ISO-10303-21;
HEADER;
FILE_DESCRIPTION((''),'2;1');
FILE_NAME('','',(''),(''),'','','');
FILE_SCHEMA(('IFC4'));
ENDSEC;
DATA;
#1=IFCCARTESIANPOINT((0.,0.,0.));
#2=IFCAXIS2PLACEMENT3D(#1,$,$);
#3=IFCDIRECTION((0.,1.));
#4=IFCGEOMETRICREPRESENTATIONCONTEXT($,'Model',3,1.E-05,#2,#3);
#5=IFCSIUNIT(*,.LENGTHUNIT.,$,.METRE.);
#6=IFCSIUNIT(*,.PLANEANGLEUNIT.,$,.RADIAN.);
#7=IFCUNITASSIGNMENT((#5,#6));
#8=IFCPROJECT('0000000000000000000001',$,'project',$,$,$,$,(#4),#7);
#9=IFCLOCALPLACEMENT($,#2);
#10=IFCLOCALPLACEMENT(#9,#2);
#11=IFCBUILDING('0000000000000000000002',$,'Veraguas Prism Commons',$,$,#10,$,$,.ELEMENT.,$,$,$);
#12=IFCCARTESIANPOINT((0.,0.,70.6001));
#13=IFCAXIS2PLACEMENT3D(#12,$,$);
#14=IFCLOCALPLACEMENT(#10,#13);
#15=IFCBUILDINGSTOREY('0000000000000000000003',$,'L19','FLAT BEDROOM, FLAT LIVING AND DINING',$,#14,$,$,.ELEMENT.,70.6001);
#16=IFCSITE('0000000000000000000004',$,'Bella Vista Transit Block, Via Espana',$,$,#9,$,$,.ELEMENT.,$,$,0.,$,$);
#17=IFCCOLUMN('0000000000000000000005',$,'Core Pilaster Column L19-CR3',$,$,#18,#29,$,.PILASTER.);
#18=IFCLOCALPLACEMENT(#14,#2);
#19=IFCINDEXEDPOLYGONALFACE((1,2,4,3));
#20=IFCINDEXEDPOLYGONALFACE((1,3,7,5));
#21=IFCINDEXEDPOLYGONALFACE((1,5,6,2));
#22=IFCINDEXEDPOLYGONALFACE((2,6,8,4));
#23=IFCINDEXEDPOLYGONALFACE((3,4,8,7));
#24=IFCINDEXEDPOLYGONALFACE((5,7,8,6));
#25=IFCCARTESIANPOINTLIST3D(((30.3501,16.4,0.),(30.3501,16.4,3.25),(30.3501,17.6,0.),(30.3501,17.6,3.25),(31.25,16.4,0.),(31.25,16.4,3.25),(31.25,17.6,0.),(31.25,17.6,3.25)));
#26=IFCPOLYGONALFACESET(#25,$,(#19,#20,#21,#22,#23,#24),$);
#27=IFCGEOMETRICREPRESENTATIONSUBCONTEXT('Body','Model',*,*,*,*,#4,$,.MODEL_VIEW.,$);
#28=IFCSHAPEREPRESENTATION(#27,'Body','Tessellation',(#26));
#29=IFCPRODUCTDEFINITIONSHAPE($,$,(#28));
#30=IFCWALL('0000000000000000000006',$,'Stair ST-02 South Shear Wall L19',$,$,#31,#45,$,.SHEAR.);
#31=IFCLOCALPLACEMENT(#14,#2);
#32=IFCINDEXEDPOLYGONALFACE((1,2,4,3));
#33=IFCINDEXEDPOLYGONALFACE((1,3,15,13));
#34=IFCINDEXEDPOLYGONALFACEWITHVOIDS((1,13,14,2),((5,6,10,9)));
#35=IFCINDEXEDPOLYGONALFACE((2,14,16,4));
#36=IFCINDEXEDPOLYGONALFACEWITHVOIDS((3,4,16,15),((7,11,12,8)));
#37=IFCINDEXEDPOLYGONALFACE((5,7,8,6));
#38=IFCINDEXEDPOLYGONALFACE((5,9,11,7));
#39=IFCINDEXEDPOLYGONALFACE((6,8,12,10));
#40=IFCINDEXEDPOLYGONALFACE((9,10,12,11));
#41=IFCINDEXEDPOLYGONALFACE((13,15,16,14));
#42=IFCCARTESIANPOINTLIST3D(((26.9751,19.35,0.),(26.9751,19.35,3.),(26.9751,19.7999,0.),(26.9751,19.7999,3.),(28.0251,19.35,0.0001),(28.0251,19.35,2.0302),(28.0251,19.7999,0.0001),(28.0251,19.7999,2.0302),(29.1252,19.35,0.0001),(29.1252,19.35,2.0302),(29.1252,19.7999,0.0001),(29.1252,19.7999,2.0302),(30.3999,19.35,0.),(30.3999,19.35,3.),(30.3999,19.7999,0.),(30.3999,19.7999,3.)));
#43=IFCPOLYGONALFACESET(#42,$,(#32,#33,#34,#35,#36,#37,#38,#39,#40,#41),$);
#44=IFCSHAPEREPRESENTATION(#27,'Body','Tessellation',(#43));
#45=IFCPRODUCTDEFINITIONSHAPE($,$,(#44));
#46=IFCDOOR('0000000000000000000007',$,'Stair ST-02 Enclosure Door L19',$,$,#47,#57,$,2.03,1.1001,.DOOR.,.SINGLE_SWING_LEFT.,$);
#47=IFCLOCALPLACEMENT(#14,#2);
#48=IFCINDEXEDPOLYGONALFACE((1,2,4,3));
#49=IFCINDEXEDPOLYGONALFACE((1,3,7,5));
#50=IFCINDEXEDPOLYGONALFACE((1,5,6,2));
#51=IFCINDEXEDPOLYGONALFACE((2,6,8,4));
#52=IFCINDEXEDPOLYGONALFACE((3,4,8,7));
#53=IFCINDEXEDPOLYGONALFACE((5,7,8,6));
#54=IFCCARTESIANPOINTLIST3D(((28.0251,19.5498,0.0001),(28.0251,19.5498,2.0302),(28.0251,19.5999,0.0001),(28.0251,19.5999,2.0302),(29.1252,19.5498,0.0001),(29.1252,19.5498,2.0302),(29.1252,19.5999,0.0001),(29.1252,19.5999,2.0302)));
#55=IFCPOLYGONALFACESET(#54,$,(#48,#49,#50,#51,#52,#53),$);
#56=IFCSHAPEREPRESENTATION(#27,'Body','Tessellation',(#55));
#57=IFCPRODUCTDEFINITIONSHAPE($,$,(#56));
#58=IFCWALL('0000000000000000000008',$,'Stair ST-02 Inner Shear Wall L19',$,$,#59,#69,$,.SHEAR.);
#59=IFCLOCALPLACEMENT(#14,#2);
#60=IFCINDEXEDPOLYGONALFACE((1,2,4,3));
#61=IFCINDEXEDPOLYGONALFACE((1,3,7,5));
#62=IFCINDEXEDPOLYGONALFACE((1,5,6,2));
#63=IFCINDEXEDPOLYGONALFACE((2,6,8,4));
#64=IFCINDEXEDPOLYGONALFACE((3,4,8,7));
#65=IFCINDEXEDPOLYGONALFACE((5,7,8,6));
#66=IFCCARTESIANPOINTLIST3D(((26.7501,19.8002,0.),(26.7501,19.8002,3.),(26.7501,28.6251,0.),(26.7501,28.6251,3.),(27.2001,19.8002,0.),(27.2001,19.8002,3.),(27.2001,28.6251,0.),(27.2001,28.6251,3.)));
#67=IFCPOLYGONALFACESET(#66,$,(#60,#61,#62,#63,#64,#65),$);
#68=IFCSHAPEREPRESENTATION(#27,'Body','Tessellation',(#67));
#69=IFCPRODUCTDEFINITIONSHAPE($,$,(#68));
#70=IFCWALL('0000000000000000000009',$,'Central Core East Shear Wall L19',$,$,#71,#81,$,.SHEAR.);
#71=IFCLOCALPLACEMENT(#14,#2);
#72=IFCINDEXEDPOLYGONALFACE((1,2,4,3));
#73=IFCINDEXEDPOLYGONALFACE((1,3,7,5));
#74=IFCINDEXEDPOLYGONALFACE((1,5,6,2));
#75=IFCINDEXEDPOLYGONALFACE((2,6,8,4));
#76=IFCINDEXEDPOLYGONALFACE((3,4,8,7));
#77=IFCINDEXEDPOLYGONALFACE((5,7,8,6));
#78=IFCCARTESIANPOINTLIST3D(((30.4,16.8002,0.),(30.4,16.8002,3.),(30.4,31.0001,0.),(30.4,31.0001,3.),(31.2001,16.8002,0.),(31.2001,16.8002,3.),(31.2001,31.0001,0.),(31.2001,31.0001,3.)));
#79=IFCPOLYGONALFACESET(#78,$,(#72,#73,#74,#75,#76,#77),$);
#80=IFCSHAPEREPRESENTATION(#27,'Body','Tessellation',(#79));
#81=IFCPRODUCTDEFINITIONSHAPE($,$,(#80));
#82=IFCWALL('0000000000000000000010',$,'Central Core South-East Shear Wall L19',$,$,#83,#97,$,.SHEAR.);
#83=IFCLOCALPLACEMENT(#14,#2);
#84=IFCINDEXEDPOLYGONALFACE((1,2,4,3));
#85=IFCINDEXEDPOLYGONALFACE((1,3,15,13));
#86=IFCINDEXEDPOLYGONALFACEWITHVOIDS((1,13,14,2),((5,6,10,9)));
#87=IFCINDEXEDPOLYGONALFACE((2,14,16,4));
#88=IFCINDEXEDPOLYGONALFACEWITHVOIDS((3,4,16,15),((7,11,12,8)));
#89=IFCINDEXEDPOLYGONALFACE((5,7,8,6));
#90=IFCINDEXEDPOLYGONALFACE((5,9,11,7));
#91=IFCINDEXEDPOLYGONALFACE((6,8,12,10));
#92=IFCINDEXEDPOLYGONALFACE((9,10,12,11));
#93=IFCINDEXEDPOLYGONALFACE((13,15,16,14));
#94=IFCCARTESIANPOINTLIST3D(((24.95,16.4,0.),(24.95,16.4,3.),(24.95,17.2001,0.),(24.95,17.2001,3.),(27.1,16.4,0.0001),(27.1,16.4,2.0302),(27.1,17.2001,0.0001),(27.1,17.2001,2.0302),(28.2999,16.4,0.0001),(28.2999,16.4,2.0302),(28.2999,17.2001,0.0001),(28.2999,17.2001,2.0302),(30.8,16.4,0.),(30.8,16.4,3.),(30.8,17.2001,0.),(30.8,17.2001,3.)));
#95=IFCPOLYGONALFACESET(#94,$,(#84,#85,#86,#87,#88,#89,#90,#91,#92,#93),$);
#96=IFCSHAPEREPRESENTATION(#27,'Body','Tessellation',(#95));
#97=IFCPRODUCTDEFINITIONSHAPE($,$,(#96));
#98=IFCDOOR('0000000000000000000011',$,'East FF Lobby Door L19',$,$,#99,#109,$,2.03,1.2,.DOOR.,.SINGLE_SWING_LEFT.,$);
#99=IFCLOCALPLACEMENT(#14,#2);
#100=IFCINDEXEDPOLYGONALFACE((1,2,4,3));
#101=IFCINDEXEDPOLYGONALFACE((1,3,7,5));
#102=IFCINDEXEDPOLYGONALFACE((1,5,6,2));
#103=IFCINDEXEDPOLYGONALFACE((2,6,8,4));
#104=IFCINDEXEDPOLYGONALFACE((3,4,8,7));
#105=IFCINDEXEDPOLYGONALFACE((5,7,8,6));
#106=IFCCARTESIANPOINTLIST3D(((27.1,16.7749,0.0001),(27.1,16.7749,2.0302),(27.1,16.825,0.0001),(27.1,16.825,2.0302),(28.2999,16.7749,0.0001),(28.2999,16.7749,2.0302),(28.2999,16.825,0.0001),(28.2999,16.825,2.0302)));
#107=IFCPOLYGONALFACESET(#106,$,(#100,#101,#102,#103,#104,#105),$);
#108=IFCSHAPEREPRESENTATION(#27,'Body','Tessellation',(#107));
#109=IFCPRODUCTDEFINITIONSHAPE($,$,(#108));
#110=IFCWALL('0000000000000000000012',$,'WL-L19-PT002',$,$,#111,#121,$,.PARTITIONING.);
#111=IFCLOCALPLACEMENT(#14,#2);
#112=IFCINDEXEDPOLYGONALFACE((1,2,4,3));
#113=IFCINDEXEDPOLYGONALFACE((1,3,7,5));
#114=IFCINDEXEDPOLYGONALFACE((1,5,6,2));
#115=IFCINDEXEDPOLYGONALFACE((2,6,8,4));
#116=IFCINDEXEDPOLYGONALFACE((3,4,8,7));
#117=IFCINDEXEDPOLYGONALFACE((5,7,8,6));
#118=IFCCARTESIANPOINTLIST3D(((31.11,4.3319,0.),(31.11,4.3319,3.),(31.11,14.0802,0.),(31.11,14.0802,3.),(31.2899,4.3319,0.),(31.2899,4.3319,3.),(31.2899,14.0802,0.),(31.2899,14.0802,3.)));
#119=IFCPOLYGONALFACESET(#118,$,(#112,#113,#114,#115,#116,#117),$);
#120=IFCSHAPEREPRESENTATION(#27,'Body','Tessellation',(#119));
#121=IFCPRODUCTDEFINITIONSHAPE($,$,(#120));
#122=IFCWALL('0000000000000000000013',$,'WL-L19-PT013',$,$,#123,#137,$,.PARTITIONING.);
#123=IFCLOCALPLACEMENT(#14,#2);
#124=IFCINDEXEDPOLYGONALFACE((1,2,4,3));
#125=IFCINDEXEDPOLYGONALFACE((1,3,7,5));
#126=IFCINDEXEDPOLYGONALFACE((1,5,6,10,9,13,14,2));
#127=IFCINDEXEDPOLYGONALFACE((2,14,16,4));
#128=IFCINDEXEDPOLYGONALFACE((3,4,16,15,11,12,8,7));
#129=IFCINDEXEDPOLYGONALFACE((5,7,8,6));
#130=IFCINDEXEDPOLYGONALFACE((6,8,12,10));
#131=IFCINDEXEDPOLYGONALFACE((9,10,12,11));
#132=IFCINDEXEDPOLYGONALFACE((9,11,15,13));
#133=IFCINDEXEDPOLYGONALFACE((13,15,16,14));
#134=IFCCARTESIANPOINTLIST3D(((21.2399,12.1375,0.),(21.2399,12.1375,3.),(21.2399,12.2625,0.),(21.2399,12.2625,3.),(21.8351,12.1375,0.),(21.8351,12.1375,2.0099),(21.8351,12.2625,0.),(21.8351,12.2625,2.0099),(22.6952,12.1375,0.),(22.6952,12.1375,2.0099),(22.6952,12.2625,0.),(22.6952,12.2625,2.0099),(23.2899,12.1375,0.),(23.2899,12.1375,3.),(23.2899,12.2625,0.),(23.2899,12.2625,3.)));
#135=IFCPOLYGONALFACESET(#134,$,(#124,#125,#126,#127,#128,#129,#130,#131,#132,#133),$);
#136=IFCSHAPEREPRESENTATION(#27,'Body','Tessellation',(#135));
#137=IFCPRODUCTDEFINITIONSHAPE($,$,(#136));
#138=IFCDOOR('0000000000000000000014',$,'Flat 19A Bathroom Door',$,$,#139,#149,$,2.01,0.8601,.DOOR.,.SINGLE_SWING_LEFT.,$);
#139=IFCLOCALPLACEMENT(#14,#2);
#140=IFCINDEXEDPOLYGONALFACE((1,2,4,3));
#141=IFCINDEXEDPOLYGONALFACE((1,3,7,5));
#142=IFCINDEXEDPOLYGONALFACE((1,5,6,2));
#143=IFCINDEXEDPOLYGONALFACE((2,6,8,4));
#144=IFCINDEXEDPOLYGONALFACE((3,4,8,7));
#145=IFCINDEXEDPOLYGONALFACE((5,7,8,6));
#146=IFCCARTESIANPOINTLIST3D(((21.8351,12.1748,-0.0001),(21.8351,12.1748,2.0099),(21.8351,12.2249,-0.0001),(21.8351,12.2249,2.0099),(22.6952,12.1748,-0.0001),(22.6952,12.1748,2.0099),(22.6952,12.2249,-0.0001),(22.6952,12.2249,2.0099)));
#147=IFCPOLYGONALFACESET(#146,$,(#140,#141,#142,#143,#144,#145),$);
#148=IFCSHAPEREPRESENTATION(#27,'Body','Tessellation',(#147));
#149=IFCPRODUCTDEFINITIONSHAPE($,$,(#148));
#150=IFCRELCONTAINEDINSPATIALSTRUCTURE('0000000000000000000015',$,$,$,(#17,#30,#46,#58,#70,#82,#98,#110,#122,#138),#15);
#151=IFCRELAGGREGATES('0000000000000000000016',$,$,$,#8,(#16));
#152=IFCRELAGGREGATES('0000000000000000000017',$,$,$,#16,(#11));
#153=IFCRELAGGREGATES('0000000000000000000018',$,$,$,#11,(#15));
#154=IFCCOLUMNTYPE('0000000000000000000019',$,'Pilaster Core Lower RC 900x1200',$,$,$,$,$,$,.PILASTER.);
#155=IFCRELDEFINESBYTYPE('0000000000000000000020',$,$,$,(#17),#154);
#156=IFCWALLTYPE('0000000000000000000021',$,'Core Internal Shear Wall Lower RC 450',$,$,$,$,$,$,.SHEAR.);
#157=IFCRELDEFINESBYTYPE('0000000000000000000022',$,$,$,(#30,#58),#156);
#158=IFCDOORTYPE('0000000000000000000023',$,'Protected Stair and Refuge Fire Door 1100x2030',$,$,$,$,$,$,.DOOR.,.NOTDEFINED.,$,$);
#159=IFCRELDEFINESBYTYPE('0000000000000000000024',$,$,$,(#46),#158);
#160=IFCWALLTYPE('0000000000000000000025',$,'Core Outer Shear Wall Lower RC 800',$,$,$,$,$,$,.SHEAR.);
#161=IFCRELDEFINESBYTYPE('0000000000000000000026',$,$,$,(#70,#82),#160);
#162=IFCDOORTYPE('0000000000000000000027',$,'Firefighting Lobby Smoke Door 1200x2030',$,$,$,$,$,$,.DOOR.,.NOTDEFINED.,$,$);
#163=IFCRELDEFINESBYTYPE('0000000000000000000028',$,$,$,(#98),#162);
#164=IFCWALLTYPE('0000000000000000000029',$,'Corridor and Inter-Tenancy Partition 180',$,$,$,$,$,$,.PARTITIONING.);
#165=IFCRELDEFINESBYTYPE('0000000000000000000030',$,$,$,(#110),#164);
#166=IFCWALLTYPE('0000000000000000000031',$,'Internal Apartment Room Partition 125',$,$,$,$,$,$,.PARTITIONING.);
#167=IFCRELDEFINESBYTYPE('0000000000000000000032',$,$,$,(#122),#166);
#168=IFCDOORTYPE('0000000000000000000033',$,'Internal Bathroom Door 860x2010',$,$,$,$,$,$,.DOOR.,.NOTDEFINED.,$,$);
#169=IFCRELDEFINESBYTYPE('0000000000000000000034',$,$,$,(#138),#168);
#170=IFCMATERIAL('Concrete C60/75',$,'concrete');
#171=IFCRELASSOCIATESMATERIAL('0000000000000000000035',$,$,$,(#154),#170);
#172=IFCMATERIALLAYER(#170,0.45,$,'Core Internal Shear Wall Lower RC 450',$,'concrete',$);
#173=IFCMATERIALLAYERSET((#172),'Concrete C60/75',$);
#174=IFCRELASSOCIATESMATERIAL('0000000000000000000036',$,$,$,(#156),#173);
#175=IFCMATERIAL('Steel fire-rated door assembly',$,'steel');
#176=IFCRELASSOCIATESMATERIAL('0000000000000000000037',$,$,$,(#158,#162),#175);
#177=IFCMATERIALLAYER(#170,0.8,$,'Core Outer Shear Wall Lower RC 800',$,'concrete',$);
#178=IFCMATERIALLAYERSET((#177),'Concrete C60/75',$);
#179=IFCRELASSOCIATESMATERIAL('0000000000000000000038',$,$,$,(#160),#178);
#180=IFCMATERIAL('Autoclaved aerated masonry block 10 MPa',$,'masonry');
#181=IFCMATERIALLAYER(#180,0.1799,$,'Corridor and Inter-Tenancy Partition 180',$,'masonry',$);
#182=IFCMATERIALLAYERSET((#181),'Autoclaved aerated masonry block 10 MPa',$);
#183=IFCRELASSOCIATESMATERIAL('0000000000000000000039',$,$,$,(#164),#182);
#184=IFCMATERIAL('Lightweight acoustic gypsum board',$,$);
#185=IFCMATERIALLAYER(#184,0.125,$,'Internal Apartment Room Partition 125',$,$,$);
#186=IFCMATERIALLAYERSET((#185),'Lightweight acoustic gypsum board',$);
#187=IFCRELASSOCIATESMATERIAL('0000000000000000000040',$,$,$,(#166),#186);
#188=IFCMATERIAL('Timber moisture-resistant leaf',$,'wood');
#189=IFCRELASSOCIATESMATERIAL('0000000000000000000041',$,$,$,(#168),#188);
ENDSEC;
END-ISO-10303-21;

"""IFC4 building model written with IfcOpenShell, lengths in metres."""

from ifc_helpers import new_model, si_unit, direction, frame, frame_2d, origin, origin_2d, place, context, subcontext, project, spatial, rectangle, extrude, source, transform, mapped, material, layer, layer_set, material_profile, profile_set, type_object, element, fill, save


model = new_model("IFC4")

# Units and contexts
model_context = context("Model", 3, precision=1e-05, world=origin(), true_north=direction((0.0, 1.0)))
body_context = subcontext(model_context, "Body", "Model", "MODEL_VIEW")
ifc_project = project(units=[si_unit("LENGTHUNIT", "METRE"), si_unit("PLANEANGLEUNIT", "RADIAN")], contexts=[model_context])

# Site, building, storey
site_placement = place(None, origin())
site = spatial("IfcSite", under=ifc_project, at=site_placement, Name="Bella Vista Transit Block, Via Espana", CompositionType="ELEMENT", RefElevation=0.0)
building_placement = place(site_placement, origin())
building = spatial("IfcBuilding", under=site, at=building_placement, Name="Veraguas Prism Commons", CompositionType="ELEMENT")
storey_placement = place(building_placement, frame((0.0, 0.0, 70.6001)))
storey = spatial("IfcBuildingStorey", under=building, at=storey_placement, Name="L19", Description="FLAT BEDROOM, FLAT LIVING AND DINING", CompositionType="ELEMENT", Elevation=70.6001)

# Column
ifc_material_1 = material(Name="Concrete C60/75", Category="concrete")
ifc_material_profile = material_profile(ifc_material_1, rectangle(XDim=0.8999, YDim=1.2, at=origin_2d()), Name="RC900X1200")
ifc_profile_set = profile_set([ifc_material_profile], Name="Concrete C60/75")
column_type = type_object("IfcColumnType", Name="Pilaster Core Lower RC 900x1200", PredefinedType="PILASTER", material=ifc_profile_set)
column_placement = place(storey_placement, frame((30.8, 17.0, 0.0), z_axis=(0.0, 0.0, 1.0), x_axis=(1.0, 0.0, 0.0)))
element("IfcColumn", 1, at=column_placement, inside=storey, type_object=column_type, Name="Core Pilaster Column L19-CR3", PredefinedType="PILASTER", context=body_context, shape_type="SweptSolid", body=[
    extrude(rectangle(XDim=0.8999, YDim=1.2, at=origin_2d()), origin(), (0.0, 0.0, 1.0), 3.25),
])

# Wall, opening, door
ifc_layer_1 = layer(ifc_material_1, 0.45, Name="Core Internal Shear Wall Lower RC 450", Category="concrete")
ifc_layer_set_1 = layer_set([ifc_layer_1], Name="Concrete C60/75")
wall_type_1 = type_object("IfcWallType", Name="Core Internal Shear Wall Lower RC 450", PredefinedType="SHEAR", material=ifc_layer_set_1)
wall_1_placement = place(storey_placement, frame((26.9751, 19.575, 0.0), z_axis=(0.0, 0.0, 1.0), x_axis=(1.0, 0.0, 0.0)))
wall_1 = element("IfcWall", 2, at=wall_1_placement, inside=storey, type_object=wall_type_1, Name="Stair ST-02 South Shear Wall L19", PredefinedType="SHEAR", context=body_context, shape_type="SweptSolid", body=[
    extrude(rectangle(XDim=3.4248, YDim=0.45, at=frame_2d((1.7124, 0.0))), origin(), (0.0, 0.0, 1.0), 3.0),
])
opening_1_placement = place(wall_1_placement, frame((1.05, 0.0, 0.0)))
opening_1 = element("IfcOpeningElement", 3, at=opening_1_placement, cuts=wall_1, PredefinedType="OPENING", context=body_context, shape_type="SweptSolid", body=[
    extrude(rectangle(XDim=1.1001, YDim=2.03, at=frame_2d((0.55, 1.0151))), frame((0.0, 0.2349, 0.0), z_axis=(0.0, -1.0, 0.0), x_axis=(1.0, 0.0, 0.0)), (0.0, 0.0, 1.0), 0.47),
])
ifc_material_2 = material(Name="Steel fire-rated door assembly", Category="steel")
door_type_1 = type_object("IfcDoorType", Name="Protected Stair and Refuge Fire Door 1100x2030", OperationType="NOTDEFINED", PredefinedType="DOOR", material=ifc_material_2)
shared_shape_1 = source(origin(), body_context, "Body", "SweptSolid", [
    extrude(rectangle(XDim=1.1001, YDim=2.03, at=frame_2d((0.55, 1.0151))), frame((0.0, 0.0249, 0.0), z_axis=(0.0, -1.0, 0.0), x_axis=(1.0, 0.0, 0.0)), (0.0, 0.0, 1.0), 0.05),
])
door_1_placement = place(opening_1_placement, origin())
door_1 = element("IfcDoor", 4, at=door_1_placement, inside=storey, type_object=door_type_1, Name="Stair ST-02 Enclosure Door L19", OperationType="SINGLE_SWING_LEFT", OverallHeight=2.03, OverallWidth=1.1001, PredefinedType="DOOR", context=body_context, shape_type="MappedRepresentation", body=[
    mapped(shared_shape_1, transform((0.0, 0.0, 0.0), scale=1.0)),
])
fill(opening_1, door_1)

# Walls
wall_2_placement = place(storey_placement, frame((26.9751, 19.8, 0.0), z_axis=(0.0, 0.0, 1.0), x_axis=(0.0, 1.0, 0.0)))
element("IfcWall", 5, at=wall_2_placement, inside=storey, type_object=wall_type_1, Name="Stair ST-02 Inner Shear Wall L19", PredefinedType="SHEAR", context=body_context, shape_type="SweptSolid", body=[
    extrude(rectangle(XDim=8.825, YDim=0.45, at=frame_2d((4.4126, 0.0))), origin(), (0.0, 0.0, 1.0), 3.0),
])
ifc_layer_2 = layer(ifc_material_1, 0.8, Name="Core Outer Shear Wall Lower RC 800", Category="concrete")
ifc_layer_set_2 = layer_set([ifc_layer_2], Name="Concrete C60/75")
wall_type_2 = type_object("IfcWallType", Name="Core Outer Shear Wall Lower RC 800", PredefinedType="SHEAR", material=ifc_layer_set_2)
wall_3_placement = place(storey_placement, frame((30.8, 16.8, 0.0), z_axis=(0.0, 0.0, 1.0), x_axis=(0.0, 1.0, 0.0)))
element("IfcWall", 6, at=wall_3_placement, inside=storey, type_object=wall_type_2, Name="Central Core East Shear Wall L19", PredefinedType="SHEAR", context=body_context, shape_type="SweptSolid", body=[
    extrude(rectangle(XDim=14.2, YDim=0.8, at=frame_2d((7.1001, 0.0))), origin(), (0.0, 0.0, 1.0), 3.0),
])

# Wall, opening, door
wall_4_placement = place(storey_placement, frame((24.95, 16.8, 0.0), z_axis=(0.0, 0.0, 1.0), x_axis=(1.0, 0.0, 0.0)))
wall_4 = element("IfcWall", 7, at=wall_4_placement, inside=storey, type_object=wall_type_2, Name="Central Core South-East Shear Wall L19", PredefinedType="SHEAR", context=body_context, shape_type="SweptSolid", body=[
    extrude(rectangle(XDim=5.8501, YDim=0.8, at=frame_2d((2.925, 0.0))), origin(), (0.0, 0.0, 1.0), 3.0),
])
opening_2_placement = place(wall_4_placement, frame((2.1499, 0.0, 0.0)))
opening_2 = element("IfcOpeningElement", 8, at=opening_2_placement, cuts=wall_4, PredefinedType="OPENING", context=body_context, shape_type="SweptSolid", body=[
    extrude(rectangle(XDim=1.2, YDim=2.03, at=frame_2d((0.6001, 1.0151))), frame((0.0, 0.4099, 0.0), z_axis=(0.0, -1.0, 0.0), x_axis=(1.0, 0.0, 0.0)), (0.0, 0.0, 1.0), 0.8201),
])
door_type_2 = type_object("IfcDoorType", Name="Firefighting Lobby Smoke Door 1200x2030", OperationType="NOTDEFINED", PredefinedType="DOOR", material=ifc_material_2)
shared_shape_2 = source(origin(), body_context, "Body", "SweptSolid", [
    extrude(rectangle(XDim=1.2, YDim=2.03, at=frame_2d((0.6001, 1.0151))), frame((0.0, 0.0249, 0.0), z_axis=(0.0, -1.0, 0.0), x_axis=(1.0, 0.0, 0.0)), (0.0, 0.0, 1.0), 0.05),
])
door_2_placement = place(opening_2_placement, origin())
door_2 = element("IfcDoor", 9, at=door_2_placement, inside=storey, type_object=door_type_2, Name="East FF Lobby Door L19", OperationType="SINGLE_SWING_LEFT", OverallHeight=2.03, OverallWidth=1.2, PredefinedType="DOOR", context=body_context, shape_type="MappedRepresentation", body=[
    mapped(shared_shape_2, transform((0.0, 0.0, 0.0), scale=1.0)),
])
fill(opening_2, door_2)

# Wall
ifc_material_3 = material(Name="Autoclaved aerated masonry block 10 MPa", Category="masonry")
ifc_layer_3 = layer(ifc_material_3, 0.1799, Name="Corridor and Inter-Tenancy Partition 180", Category="masonry")
ifc_layer_set_3 = layer_set([ifc_layer_3], Name="Autoclaved aerated masonry block 10 MPa")
wall_type_3 = type_object("IfcWallType", Name="Corridor and Inter-Tenancy Partition 180", PredefinedType="PARTITIONING", material=ifc_layer_set_3)
wall_5_placement = place(storey_placement, frame((31.2, 14.0801, 0.0), z_axis=(0.0, 0.0, 1.0), x_axis=(0.0, -1.0, 0.0)))
element("IfcWall", 10, at=wall_5_placement, inside=storey, type_object=wall_type_3, Name="WL-L19-PT002", PredefinedType="PARTITIONING", context=body_context, shape_type="SweptSolid", body=[
    extrude(rectangle(XDim=9.7483, YDim=0.1799, at=frame_2d((4.874, 0.0))), origin(), (0.0, 0.0, 1.0), 3.0),
])

# Wall, opening, door
ifc_material_4 = material(Name="Lightweight acoustic gypsum board")
ifc_layer_4 = layer(ifc_material_4, 0.125, Name="Internal Apartment Room Partition 125")
ifc_layer_set_4 = layer_set([ifc_layer_4], Name="Lightweight acoustic gypsum board")
wall_type_4 = type_object("IfcWallType", Name="Internal Apartment Room Partition 125", PredefinedType="PARTITIONING", material=ifc_layer_set_4)
wall_6_placement = place(storey_placement, frame((21.24, 12.2, 0.0), z_axis=(0.0, 0.0, 1.0), x_axis=(1.0, 0.0, 0.0)))
wall_6 = element("IfcWall", 11, at=wall_6_placement, inside=storey, type_object=wall_type_4, Name="WL-L19-PT013", PredefinedType="PARTITIONING", context=body_context, shape_type="SweptSolid", body=[
    extrude(rectangle(XDim=2.05, YDim=0.125, at=frame_2d((1.0249, 0.0))), origin(), (0.0, 0.0, 1.0), 3.0),
])
opening_3_placement = place(wall_6_placement, frame((0.595, 0.0, 0.0)))
opening_3 = element("IfcOpeningElement", 12, at=opening_3_placement, cuts=wall_6, PredefinedType="OPENING", context=body_context, shape_type="SweptSolid", body=[
    extrude(rectangle(XDim=0.8601, YDim=2.01, at=frame_2d((0.4302, 1.0049))), frame((0.0, 0.0725, 0.0), z_axis=(0.0, -1.0, 0.0), x_axis=(1.0, 0.0, 0.0)), (0.0, 0.0, 1.0), 0.145),
])
ifc_material_5 = material(Name="Timber moisture-resistant leaf", Category="wood")
door_type_3 = type_object("IfcDoorType", Name="Internal Bathroom Door 860x2010", OperationType="NOTDEFINED", PredefinedType="DOOR", material=ifc_material_5)
shared_shape_3 = source(origin(), body_context, "Body", "SweptSolid", [
    extrude(rectangle(XDim=0.8601, YDim=2.01, at=frame_2d((0.4302, 1.0049))), frame((0.0, 0.0249, 0.0), z_axis=(0.0, -1.0, 0.0), x_axis=(1.0, 0.0, 0.0)), (0.0, 0.0, 1.0), 0.05),
])
door_3_placement = place(opening_3_placement, origin())
door_3 = element("IfcDoor", 13, at=door_3_placement, inside=storey, type_object=door_type_3, Name="Flat 19A Bathroom Door", OperationType="SINGLE_SWING_LEFT", OverallHeight=2.01, OverallWidth=0.8601, PredefinedType="DOOR", context=body_context, shape_type="MappedRepresentation", body=[
    mapped(shared_shape_3, transform((0.0, 0.0, 0.0), scale=1.0)),
])
fill(opening_3, door_3)

save(model, "model.ifc")
